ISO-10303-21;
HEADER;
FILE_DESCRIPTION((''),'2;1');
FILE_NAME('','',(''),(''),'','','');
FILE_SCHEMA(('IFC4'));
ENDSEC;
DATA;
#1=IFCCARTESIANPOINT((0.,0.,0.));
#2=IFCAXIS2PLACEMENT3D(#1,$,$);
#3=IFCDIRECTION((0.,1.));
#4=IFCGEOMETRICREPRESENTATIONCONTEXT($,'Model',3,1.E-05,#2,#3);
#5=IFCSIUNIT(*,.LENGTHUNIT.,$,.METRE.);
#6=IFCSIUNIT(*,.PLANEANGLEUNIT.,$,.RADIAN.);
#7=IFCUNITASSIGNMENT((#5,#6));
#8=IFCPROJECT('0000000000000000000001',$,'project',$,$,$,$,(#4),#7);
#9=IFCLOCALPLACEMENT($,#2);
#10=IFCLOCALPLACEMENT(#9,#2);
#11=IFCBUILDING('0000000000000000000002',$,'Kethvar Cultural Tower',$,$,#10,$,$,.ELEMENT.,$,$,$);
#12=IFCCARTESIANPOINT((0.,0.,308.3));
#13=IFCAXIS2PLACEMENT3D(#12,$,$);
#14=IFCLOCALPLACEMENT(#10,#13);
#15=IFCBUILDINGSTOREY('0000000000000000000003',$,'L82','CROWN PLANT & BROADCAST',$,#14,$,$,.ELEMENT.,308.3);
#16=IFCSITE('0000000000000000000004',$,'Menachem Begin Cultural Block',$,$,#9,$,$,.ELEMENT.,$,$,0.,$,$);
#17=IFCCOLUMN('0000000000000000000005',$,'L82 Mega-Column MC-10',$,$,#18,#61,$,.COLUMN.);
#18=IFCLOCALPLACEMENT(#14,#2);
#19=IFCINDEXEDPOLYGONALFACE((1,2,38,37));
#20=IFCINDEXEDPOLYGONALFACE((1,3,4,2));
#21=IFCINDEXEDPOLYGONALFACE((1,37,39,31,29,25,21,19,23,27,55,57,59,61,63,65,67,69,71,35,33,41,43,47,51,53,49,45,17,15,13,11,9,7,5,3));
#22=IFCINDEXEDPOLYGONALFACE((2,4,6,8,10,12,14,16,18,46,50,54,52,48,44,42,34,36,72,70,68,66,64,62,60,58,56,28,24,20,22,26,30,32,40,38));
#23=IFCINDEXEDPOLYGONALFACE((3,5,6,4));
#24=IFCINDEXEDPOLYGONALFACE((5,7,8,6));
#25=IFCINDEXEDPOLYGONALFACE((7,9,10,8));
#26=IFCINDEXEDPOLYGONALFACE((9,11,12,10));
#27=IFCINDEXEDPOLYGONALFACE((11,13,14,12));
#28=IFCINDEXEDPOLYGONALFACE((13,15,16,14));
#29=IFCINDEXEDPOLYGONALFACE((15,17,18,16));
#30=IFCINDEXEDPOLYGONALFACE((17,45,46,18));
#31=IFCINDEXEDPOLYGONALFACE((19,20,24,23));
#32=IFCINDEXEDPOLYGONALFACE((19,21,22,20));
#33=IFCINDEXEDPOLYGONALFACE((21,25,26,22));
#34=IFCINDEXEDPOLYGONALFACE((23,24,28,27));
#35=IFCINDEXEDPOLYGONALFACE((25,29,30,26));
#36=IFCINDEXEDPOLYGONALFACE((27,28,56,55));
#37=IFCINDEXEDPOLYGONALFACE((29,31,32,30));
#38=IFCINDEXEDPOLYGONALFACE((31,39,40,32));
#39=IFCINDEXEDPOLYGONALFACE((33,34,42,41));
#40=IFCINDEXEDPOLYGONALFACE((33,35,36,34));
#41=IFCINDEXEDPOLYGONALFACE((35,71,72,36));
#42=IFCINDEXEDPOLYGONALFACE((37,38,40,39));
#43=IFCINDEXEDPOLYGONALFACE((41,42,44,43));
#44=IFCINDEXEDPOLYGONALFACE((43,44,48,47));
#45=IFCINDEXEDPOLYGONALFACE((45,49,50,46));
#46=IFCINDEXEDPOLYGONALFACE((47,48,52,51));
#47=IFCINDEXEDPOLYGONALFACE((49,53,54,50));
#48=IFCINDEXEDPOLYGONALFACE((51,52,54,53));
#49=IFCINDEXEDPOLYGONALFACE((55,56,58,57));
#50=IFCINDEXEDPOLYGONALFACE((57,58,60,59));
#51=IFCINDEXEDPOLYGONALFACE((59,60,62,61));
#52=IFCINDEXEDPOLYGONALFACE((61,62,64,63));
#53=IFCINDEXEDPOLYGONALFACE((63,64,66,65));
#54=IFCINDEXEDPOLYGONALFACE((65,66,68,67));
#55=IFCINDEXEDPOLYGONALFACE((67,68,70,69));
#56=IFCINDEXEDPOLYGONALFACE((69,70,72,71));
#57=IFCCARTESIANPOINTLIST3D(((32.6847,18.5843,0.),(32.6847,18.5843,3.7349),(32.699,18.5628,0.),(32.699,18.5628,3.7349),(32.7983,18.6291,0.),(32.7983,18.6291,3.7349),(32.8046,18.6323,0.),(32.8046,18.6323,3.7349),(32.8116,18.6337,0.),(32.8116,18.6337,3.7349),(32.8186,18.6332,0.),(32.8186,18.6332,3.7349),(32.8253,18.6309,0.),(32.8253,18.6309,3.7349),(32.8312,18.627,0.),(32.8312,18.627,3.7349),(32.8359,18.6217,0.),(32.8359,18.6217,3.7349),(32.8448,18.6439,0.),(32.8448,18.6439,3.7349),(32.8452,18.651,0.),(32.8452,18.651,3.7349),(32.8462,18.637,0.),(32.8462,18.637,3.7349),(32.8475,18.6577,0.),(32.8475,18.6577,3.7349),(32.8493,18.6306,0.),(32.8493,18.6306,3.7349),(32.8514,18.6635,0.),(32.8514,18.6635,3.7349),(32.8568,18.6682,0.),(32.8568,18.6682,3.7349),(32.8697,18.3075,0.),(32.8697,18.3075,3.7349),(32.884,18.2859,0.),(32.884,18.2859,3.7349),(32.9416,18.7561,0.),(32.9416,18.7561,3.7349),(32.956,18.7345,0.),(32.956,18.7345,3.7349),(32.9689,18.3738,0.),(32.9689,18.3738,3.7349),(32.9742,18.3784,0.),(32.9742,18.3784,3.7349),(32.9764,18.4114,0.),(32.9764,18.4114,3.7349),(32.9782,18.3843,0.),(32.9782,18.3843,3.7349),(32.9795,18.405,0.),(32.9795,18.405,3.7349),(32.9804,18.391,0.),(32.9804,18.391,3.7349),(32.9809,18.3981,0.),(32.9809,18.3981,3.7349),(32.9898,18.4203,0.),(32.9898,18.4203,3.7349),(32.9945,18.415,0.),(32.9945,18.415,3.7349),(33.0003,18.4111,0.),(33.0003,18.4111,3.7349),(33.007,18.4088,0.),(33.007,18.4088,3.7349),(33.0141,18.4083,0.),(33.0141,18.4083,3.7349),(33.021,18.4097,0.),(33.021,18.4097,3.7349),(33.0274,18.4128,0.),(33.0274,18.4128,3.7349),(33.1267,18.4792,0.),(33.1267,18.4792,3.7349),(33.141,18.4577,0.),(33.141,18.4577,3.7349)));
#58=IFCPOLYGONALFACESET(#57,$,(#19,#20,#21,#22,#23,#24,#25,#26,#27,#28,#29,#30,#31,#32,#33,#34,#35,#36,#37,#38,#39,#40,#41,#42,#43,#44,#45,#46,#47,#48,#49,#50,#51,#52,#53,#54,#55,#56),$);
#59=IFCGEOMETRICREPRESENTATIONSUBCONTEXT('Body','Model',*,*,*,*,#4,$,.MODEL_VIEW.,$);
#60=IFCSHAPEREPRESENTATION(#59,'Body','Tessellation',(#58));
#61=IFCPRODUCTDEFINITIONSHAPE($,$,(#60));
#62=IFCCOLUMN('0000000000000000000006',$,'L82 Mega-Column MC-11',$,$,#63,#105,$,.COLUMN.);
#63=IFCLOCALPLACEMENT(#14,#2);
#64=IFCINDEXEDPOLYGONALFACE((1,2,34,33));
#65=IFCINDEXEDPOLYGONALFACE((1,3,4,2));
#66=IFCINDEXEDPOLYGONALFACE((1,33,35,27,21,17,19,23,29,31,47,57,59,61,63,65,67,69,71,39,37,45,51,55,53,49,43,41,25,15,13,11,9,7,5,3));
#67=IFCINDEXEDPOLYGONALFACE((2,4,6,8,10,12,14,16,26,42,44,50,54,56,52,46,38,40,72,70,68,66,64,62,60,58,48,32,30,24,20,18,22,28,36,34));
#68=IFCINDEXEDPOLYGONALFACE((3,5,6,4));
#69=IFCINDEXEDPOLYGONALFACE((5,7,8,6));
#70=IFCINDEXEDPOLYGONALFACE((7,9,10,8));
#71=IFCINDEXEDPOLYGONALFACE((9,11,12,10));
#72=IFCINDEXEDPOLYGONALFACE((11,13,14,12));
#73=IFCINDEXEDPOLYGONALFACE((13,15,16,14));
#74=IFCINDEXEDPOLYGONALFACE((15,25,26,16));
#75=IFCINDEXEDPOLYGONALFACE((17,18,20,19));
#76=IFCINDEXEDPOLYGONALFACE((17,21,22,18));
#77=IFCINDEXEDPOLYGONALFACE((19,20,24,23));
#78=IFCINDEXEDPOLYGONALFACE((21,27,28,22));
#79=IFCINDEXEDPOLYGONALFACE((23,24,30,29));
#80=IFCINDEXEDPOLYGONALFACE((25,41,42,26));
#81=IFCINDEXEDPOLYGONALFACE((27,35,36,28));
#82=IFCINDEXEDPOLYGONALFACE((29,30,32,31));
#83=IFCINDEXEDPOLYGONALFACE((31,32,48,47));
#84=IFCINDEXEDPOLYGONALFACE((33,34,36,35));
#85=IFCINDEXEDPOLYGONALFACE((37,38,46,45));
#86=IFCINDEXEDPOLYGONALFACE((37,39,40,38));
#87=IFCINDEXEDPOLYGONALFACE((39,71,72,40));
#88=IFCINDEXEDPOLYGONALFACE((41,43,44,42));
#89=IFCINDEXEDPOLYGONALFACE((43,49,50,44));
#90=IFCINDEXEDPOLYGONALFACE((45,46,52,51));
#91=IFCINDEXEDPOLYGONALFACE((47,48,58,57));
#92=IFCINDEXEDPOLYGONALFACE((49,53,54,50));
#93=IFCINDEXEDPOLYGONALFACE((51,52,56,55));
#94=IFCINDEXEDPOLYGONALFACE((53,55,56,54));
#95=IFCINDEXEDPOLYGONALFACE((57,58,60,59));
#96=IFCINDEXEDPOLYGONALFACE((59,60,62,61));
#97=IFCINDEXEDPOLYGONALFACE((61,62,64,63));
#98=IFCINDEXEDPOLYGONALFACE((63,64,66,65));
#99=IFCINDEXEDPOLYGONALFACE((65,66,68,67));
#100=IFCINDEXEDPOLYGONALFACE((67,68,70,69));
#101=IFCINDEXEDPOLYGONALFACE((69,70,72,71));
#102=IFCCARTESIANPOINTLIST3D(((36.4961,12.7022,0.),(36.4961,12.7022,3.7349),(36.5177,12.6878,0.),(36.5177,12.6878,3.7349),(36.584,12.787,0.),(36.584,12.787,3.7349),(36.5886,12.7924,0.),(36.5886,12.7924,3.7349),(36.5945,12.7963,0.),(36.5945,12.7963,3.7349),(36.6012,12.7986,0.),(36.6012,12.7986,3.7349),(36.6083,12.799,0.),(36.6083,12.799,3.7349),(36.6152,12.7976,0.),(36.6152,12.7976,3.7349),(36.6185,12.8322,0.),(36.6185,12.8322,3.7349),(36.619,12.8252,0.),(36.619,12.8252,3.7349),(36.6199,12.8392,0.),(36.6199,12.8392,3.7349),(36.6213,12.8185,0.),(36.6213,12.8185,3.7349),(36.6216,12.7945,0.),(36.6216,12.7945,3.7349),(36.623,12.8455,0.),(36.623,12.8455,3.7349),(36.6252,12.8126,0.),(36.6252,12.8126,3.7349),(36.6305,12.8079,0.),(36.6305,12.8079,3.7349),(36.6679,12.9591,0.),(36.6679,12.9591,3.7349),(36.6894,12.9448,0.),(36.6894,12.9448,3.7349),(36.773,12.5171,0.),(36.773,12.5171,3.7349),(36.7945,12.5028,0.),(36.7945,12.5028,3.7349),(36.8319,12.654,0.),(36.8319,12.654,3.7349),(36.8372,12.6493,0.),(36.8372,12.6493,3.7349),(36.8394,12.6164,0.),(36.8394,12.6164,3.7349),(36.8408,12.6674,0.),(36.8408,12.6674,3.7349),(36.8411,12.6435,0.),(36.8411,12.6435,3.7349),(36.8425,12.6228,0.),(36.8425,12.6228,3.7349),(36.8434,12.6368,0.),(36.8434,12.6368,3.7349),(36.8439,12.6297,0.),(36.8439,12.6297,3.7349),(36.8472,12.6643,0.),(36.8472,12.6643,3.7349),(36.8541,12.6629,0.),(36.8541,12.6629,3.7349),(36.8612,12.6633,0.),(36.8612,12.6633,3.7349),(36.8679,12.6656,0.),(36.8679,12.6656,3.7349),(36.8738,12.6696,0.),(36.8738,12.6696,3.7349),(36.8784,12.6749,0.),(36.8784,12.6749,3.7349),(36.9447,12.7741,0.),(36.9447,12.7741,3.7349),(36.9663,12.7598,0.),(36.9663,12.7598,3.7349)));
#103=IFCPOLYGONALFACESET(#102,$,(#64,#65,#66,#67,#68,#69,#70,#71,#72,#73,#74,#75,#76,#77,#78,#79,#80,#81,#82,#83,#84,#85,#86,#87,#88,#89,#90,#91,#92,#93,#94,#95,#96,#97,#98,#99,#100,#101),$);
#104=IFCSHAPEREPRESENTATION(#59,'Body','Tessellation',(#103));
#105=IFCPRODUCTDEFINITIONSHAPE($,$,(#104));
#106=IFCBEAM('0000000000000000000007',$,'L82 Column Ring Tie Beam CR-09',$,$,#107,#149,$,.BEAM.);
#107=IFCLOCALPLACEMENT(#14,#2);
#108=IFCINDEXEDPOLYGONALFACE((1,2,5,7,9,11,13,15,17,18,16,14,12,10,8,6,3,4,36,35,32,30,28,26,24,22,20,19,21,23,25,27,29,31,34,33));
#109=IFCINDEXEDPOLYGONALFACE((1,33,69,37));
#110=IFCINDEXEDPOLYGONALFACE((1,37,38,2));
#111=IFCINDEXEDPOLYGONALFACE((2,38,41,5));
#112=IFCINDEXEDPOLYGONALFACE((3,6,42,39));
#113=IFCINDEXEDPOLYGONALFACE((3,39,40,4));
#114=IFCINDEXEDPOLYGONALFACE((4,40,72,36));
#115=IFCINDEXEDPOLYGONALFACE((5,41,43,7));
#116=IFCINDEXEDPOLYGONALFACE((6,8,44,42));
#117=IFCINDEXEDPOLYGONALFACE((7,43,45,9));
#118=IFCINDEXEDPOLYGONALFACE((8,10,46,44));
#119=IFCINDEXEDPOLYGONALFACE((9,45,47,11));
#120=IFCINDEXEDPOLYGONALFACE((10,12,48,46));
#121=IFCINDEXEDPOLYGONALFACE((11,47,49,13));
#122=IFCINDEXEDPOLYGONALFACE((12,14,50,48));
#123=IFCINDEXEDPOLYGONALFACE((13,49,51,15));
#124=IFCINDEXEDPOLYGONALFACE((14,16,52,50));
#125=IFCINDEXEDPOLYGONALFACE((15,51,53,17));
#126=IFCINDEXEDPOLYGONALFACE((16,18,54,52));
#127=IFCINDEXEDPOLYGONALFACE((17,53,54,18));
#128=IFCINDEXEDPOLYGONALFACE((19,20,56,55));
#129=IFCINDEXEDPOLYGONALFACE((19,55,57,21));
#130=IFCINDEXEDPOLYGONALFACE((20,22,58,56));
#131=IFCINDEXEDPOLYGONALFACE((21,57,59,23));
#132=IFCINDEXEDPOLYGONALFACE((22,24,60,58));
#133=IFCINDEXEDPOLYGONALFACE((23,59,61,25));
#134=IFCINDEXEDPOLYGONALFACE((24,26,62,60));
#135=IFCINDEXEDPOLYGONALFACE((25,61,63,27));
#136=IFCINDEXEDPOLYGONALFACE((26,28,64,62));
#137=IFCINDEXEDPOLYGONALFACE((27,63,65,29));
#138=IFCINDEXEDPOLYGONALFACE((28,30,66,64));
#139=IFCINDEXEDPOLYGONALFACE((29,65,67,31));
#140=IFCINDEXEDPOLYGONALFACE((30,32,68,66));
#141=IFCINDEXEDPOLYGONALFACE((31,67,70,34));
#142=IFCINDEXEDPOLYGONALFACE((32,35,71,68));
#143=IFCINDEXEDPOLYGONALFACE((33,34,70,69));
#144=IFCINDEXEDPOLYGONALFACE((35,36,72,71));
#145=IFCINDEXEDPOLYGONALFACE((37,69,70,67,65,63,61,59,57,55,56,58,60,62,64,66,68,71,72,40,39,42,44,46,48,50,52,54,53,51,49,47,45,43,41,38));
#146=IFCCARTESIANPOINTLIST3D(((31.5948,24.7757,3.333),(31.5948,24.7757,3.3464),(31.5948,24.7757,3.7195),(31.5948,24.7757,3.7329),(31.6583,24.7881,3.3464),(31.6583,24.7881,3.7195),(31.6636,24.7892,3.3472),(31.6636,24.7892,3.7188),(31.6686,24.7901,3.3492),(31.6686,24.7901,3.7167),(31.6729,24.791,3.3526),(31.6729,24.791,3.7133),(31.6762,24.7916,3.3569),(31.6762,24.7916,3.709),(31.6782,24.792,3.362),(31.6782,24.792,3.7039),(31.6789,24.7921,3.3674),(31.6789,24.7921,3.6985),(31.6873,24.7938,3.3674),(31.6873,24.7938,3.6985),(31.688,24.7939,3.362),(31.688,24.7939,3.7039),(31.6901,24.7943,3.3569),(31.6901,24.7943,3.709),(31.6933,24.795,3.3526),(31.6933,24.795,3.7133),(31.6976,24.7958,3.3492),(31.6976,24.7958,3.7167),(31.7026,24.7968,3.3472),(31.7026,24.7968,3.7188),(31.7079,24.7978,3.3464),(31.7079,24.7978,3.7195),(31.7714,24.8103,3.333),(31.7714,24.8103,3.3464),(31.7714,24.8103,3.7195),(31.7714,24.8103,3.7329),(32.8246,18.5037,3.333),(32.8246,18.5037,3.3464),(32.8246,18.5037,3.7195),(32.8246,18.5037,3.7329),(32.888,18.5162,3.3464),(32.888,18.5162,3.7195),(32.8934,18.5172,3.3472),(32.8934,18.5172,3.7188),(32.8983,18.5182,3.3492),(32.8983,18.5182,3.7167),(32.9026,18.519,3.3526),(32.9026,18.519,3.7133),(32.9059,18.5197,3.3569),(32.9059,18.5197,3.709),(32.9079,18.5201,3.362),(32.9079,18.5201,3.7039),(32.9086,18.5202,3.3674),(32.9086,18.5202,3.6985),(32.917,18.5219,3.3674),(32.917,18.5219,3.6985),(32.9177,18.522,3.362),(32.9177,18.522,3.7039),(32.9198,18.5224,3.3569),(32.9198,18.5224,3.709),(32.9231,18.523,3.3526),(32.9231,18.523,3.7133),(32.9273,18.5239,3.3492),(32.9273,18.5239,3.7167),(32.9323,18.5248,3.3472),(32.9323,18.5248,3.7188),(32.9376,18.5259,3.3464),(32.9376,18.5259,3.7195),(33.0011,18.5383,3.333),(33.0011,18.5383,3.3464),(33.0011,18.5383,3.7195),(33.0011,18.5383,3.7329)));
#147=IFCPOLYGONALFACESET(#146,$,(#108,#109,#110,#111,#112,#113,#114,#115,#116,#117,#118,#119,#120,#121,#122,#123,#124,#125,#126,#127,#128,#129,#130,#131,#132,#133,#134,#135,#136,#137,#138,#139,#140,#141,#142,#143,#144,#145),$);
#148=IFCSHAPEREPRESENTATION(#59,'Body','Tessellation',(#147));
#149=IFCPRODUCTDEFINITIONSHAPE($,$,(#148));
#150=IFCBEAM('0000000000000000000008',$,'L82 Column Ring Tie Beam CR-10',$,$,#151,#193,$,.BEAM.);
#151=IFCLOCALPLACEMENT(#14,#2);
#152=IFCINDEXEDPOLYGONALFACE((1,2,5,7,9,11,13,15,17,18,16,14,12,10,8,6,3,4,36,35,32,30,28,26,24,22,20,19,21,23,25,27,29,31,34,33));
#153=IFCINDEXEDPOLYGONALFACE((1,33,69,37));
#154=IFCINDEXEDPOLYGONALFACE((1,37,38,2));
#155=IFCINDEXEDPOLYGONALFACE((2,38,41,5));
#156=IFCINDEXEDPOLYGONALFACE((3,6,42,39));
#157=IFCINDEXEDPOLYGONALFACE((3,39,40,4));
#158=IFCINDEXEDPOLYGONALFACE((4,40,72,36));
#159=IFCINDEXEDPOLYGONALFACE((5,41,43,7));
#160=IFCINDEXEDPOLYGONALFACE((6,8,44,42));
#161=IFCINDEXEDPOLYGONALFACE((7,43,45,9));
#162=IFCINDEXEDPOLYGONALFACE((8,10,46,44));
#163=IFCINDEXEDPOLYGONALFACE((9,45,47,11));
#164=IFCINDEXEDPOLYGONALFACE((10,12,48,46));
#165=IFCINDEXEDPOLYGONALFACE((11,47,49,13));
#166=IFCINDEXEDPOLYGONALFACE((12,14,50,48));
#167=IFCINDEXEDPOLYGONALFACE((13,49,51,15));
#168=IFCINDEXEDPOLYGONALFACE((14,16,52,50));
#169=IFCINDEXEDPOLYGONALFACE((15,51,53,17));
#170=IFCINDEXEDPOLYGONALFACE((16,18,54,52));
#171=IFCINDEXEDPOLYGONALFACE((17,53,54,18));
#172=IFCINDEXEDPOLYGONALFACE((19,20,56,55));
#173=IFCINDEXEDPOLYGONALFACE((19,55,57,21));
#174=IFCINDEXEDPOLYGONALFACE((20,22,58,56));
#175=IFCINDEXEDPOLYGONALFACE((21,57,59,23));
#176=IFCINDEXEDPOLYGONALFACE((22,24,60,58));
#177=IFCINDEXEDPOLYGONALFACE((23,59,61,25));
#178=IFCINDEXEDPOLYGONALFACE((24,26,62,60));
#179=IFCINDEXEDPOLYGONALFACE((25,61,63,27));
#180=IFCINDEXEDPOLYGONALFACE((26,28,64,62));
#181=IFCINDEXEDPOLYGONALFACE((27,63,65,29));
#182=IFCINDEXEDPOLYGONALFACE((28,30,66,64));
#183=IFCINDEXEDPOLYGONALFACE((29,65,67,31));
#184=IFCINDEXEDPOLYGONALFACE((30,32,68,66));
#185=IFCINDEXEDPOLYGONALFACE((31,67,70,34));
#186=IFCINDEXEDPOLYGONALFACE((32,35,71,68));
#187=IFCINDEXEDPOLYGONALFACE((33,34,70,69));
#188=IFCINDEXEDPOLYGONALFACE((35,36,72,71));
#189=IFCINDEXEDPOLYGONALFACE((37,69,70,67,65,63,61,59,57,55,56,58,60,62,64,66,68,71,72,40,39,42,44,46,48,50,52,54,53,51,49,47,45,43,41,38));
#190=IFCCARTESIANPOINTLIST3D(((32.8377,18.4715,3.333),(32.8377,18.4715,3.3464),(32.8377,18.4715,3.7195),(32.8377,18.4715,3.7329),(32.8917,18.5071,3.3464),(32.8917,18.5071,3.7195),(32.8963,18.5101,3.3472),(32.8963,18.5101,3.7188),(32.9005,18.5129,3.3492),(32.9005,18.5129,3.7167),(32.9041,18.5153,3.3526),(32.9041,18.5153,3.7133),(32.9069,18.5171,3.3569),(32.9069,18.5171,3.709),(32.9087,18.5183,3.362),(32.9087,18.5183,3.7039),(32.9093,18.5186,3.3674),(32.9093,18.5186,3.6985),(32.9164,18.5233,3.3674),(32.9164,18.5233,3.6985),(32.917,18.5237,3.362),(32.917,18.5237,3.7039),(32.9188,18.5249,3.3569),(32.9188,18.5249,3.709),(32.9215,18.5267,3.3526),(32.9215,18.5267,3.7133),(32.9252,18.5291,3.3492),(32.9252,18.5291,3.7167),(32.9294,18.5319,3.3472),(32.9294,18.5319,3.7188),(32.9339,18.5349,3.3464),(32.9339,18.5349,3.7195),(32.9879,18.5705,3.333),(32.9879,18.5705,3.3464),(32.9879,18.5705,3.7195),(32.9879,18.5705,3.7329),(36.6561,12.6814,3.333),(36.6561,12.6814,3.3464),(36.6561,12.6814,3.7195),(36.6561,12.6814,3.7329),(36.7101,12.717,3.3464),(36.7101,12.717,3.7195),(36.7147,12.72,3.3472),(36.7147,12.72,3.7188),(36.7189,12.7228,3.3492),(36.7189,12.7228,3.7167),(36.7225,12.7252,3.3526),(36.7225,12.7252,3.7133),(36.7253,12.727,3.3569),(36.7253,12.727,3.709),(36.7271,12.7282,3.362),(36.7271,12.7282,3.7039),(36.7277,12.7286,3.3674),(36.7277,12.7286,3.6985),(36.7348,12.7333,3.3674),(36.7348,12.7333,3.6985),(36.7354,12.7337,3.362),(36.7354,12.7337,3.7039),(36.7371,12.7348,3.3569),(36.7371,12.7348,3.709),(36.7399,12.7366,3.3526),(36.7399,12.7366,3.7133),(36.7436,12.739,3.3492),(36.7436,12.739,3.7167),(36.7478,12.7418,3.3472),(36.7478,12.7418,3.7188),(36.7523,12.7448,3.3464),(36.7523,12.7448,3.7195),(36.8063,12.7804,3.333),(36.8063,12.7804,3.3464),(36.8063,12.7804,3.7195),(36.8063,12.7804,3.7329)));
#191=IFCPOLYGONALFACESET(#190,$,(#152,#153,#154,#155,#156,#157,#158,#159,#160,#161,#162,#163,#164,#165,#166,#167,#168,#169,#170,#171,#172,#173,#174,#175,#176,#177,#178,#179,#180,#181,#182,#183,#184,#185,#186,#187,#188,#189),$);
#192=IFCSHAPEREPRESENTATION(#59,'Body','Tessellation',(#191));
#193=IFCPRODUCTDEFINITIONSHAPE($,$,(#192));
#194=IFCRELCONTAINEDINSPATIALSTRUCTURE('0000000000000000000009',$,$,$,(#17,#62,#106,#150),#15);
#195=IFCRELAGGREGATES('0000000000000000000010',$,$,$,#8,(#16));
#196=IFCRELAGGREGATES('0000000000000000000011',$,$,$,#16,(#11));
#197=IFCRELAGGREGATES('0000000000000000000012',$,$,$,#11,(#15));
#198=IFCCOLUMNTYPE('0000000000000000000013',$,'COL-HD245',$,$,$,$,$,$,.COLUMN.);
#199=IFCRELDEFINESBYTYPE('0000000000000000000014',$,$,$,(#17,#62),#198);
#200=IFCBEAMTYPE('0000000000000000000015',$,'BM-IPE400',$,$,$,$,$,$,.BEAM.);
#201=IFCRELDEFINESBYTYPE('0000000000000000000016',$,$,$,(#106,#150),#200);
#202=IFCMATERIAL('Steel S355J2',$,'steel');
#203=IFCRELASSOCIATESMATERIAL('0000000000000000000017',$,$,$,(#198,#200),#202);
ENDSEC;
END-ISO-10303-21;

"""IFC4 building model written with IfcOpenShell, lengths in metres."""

from ifc_helpers import new_model, si_unit, direction, frame, origin, origin_2d, place, context, subcontext, project, spatial, i_section, extrude, source, transform, mapped, material, material_profile, profile_set, type_object, element, save


model = new_model("IFC4")

# Units and contexts
model_context = context("Model", 3, precision=1e-05, world=origin(), true_north=direction((0.0, 1.0)))
body_context = subcontext(model_context, "Body", "Model", "MODEL_VIEW")
ifc_project = project(units=[si_unit("LENGTHUNIT", "METRE"), si_unit("PLANEANGLEUNIT", "RADIAN")], contexts=[model_context])

# Site, building, storey
site_placement = place(None, origin())
site = spatial("IfcSite", under=ifc_project, at=site_placement, Name="Menachem Begin Cultural Block", CompositionType="ELEMENT", RefElevation=0.0)
building_placement = place(site_placement, origin())
building = spatial("IfcBuilding", under=site, at=building_placement, Name="Kethvar Cultural Tower", CompositionType="ELEMENT")
storey_placement = place(building_placement, frame((0.0, 0.0, 308.3)))
storey = spatial("IfcBuildingStorey", under=building, at=storey_placement, Name="L82", Description="CROWN PLANT & BROADCAST", CompositionType="ELEMENT", Elevation=308.3)

# Columns
ifc_material_1 = material(Name="Steel S355J2", Category="steel")
ifc_material_profile_1 = material_profile(ifc_material_1, i_section(OverallWidth=0.3091, OverallDepth=0.3589, WebThickness=0.0161, FlangeThickness=0.0259, FilletRadius=0.0271, at=origin_2d()), Name="Steel S355J2 — HD320x245")
ifc_profile_set_1 = profile_set([ifc_material_profile_1], Name="Steel S355J2 — HD320x245")
column_type = type_object("IfcColumnType", Name="COL-HD245", PredefinedType="COLUMN", material=ifc_profile_set_1)
shared_shape_1 = source(origin(), body_context, "Body", "SweptSolid", [
    extrude(i_section(OverallWidth=0.3091, OverallDepth=0.3589, WebThickness=0.0161, FlangeThickness=0.0259, FilletRadius=0.0271, at=origin_2d()), origin(), (0.0, 0.0, 1.0), 3.7349),
])
for number, where, z_axis, x_axis, name in (
    (1, (32.9128, 18.521, 0.0), (0.0, 0.0, 1.0), (-0.83147, -0.55557, 0.0), "L82 Mega-Column MC-10"),
    (2, (36.7312, 12.731, 0.0), (0.0, 0.0, 1.0), (-0.55557, -0.83147, 0.0), "L82 Mega-Column MC-11"),
):
    element("IfcColumn", number, at=place(storey_placement, frame(where, z_axis=z_axis, x_axis=x_axis)), inside=storey, type_object=column_type, Name=name, PredefinedType="COLUMN", context=body_context, shape_type="MappedRepresentation", body=[
        mapped(shared_shape_1, transform((0.0, 0.0, 0.0), scale=1.0)),
    ])

# Beams
ifc_material_profile_2 = material_profile(ifc_material_1, i_section(OverallWidth=0.1799, OverallDepth=0.3999, WebThickness=0.0085, FlangeThickness=0.0134, FilletRadius=0.021, at=origin_2d()), Name="Steel S355J2 — IPE400")
ifc_profile_set_2 = profile_set([ifc_material_profile_2], Name="Steel S355J2 — IPE400")
beam_type_1 = type_object("IfcBeamType", Name="BM-IPE400", PredefinedType="BEAM", material=ifc_profile_set_2)
shared_shape_2 = source(origin(), body_context, "Body", "SweptSolid", [
    extrude(i_section(OverallWidth=0.1799, OverallDepth=0.3999, WebThickness=0.0085, FlangeThickness=0.0134, FilletRadius=0.021, at=origin_2d()), origin(), (0.0, 0.0, 1.0), 6.3914),
])
beam_1_placement = place(storey_placement, frame((31.6831, 24.793, 3.533), z_axis=(0.192405, -0.981316, 0.0), x_axis=(0.981316, 0.192405, 0.0)))
element("IfcBeam", 3, at=beam_1_placement, inside=storey, type_object=beam_type_1, Name="L82 Column Ring Tie Beam CR-09", PredefinedType="BEAM", context=body_context, shape_type="MappedRepresentation", body=[
    mapped(shared_shape_2, transform((0.0, 0.0, 0.0), scale=1.0)),
])
shared_shape_3 = source(origin(), body_context, "Body", "SweptSolid", [
    extrude(i_section(OverallWidth=0.1799, OverallDepth=0.3999, WebThickness=0.0085, FlangeThickness=0.0134, FilletRadius=0.021, at=origin_2d()), origin(), (0.0, 0.0, 1.0), 6.9358),
])
beam_2_placement = place(storey_placement, frame((32.9128, 18.521, 3.533), z_axis=(0.550534, -0.834813, 0.0), x_axis=(0.834813, 0.550534, 0.0)))
element("IfcBeam", 4, at=beam_2_placement, inside=storey, type_object=beam_type_1, Name="L82 Column Ring Tie Beam CR-10", PredefinedType="BEAM", context=body_context, shape_type="MappedRepresentation", body=[
    mapped(shared_shape_3, transform((0.0, 0.0, 0.0), scale=1.0)),
])

save(model, "model.ifc")
